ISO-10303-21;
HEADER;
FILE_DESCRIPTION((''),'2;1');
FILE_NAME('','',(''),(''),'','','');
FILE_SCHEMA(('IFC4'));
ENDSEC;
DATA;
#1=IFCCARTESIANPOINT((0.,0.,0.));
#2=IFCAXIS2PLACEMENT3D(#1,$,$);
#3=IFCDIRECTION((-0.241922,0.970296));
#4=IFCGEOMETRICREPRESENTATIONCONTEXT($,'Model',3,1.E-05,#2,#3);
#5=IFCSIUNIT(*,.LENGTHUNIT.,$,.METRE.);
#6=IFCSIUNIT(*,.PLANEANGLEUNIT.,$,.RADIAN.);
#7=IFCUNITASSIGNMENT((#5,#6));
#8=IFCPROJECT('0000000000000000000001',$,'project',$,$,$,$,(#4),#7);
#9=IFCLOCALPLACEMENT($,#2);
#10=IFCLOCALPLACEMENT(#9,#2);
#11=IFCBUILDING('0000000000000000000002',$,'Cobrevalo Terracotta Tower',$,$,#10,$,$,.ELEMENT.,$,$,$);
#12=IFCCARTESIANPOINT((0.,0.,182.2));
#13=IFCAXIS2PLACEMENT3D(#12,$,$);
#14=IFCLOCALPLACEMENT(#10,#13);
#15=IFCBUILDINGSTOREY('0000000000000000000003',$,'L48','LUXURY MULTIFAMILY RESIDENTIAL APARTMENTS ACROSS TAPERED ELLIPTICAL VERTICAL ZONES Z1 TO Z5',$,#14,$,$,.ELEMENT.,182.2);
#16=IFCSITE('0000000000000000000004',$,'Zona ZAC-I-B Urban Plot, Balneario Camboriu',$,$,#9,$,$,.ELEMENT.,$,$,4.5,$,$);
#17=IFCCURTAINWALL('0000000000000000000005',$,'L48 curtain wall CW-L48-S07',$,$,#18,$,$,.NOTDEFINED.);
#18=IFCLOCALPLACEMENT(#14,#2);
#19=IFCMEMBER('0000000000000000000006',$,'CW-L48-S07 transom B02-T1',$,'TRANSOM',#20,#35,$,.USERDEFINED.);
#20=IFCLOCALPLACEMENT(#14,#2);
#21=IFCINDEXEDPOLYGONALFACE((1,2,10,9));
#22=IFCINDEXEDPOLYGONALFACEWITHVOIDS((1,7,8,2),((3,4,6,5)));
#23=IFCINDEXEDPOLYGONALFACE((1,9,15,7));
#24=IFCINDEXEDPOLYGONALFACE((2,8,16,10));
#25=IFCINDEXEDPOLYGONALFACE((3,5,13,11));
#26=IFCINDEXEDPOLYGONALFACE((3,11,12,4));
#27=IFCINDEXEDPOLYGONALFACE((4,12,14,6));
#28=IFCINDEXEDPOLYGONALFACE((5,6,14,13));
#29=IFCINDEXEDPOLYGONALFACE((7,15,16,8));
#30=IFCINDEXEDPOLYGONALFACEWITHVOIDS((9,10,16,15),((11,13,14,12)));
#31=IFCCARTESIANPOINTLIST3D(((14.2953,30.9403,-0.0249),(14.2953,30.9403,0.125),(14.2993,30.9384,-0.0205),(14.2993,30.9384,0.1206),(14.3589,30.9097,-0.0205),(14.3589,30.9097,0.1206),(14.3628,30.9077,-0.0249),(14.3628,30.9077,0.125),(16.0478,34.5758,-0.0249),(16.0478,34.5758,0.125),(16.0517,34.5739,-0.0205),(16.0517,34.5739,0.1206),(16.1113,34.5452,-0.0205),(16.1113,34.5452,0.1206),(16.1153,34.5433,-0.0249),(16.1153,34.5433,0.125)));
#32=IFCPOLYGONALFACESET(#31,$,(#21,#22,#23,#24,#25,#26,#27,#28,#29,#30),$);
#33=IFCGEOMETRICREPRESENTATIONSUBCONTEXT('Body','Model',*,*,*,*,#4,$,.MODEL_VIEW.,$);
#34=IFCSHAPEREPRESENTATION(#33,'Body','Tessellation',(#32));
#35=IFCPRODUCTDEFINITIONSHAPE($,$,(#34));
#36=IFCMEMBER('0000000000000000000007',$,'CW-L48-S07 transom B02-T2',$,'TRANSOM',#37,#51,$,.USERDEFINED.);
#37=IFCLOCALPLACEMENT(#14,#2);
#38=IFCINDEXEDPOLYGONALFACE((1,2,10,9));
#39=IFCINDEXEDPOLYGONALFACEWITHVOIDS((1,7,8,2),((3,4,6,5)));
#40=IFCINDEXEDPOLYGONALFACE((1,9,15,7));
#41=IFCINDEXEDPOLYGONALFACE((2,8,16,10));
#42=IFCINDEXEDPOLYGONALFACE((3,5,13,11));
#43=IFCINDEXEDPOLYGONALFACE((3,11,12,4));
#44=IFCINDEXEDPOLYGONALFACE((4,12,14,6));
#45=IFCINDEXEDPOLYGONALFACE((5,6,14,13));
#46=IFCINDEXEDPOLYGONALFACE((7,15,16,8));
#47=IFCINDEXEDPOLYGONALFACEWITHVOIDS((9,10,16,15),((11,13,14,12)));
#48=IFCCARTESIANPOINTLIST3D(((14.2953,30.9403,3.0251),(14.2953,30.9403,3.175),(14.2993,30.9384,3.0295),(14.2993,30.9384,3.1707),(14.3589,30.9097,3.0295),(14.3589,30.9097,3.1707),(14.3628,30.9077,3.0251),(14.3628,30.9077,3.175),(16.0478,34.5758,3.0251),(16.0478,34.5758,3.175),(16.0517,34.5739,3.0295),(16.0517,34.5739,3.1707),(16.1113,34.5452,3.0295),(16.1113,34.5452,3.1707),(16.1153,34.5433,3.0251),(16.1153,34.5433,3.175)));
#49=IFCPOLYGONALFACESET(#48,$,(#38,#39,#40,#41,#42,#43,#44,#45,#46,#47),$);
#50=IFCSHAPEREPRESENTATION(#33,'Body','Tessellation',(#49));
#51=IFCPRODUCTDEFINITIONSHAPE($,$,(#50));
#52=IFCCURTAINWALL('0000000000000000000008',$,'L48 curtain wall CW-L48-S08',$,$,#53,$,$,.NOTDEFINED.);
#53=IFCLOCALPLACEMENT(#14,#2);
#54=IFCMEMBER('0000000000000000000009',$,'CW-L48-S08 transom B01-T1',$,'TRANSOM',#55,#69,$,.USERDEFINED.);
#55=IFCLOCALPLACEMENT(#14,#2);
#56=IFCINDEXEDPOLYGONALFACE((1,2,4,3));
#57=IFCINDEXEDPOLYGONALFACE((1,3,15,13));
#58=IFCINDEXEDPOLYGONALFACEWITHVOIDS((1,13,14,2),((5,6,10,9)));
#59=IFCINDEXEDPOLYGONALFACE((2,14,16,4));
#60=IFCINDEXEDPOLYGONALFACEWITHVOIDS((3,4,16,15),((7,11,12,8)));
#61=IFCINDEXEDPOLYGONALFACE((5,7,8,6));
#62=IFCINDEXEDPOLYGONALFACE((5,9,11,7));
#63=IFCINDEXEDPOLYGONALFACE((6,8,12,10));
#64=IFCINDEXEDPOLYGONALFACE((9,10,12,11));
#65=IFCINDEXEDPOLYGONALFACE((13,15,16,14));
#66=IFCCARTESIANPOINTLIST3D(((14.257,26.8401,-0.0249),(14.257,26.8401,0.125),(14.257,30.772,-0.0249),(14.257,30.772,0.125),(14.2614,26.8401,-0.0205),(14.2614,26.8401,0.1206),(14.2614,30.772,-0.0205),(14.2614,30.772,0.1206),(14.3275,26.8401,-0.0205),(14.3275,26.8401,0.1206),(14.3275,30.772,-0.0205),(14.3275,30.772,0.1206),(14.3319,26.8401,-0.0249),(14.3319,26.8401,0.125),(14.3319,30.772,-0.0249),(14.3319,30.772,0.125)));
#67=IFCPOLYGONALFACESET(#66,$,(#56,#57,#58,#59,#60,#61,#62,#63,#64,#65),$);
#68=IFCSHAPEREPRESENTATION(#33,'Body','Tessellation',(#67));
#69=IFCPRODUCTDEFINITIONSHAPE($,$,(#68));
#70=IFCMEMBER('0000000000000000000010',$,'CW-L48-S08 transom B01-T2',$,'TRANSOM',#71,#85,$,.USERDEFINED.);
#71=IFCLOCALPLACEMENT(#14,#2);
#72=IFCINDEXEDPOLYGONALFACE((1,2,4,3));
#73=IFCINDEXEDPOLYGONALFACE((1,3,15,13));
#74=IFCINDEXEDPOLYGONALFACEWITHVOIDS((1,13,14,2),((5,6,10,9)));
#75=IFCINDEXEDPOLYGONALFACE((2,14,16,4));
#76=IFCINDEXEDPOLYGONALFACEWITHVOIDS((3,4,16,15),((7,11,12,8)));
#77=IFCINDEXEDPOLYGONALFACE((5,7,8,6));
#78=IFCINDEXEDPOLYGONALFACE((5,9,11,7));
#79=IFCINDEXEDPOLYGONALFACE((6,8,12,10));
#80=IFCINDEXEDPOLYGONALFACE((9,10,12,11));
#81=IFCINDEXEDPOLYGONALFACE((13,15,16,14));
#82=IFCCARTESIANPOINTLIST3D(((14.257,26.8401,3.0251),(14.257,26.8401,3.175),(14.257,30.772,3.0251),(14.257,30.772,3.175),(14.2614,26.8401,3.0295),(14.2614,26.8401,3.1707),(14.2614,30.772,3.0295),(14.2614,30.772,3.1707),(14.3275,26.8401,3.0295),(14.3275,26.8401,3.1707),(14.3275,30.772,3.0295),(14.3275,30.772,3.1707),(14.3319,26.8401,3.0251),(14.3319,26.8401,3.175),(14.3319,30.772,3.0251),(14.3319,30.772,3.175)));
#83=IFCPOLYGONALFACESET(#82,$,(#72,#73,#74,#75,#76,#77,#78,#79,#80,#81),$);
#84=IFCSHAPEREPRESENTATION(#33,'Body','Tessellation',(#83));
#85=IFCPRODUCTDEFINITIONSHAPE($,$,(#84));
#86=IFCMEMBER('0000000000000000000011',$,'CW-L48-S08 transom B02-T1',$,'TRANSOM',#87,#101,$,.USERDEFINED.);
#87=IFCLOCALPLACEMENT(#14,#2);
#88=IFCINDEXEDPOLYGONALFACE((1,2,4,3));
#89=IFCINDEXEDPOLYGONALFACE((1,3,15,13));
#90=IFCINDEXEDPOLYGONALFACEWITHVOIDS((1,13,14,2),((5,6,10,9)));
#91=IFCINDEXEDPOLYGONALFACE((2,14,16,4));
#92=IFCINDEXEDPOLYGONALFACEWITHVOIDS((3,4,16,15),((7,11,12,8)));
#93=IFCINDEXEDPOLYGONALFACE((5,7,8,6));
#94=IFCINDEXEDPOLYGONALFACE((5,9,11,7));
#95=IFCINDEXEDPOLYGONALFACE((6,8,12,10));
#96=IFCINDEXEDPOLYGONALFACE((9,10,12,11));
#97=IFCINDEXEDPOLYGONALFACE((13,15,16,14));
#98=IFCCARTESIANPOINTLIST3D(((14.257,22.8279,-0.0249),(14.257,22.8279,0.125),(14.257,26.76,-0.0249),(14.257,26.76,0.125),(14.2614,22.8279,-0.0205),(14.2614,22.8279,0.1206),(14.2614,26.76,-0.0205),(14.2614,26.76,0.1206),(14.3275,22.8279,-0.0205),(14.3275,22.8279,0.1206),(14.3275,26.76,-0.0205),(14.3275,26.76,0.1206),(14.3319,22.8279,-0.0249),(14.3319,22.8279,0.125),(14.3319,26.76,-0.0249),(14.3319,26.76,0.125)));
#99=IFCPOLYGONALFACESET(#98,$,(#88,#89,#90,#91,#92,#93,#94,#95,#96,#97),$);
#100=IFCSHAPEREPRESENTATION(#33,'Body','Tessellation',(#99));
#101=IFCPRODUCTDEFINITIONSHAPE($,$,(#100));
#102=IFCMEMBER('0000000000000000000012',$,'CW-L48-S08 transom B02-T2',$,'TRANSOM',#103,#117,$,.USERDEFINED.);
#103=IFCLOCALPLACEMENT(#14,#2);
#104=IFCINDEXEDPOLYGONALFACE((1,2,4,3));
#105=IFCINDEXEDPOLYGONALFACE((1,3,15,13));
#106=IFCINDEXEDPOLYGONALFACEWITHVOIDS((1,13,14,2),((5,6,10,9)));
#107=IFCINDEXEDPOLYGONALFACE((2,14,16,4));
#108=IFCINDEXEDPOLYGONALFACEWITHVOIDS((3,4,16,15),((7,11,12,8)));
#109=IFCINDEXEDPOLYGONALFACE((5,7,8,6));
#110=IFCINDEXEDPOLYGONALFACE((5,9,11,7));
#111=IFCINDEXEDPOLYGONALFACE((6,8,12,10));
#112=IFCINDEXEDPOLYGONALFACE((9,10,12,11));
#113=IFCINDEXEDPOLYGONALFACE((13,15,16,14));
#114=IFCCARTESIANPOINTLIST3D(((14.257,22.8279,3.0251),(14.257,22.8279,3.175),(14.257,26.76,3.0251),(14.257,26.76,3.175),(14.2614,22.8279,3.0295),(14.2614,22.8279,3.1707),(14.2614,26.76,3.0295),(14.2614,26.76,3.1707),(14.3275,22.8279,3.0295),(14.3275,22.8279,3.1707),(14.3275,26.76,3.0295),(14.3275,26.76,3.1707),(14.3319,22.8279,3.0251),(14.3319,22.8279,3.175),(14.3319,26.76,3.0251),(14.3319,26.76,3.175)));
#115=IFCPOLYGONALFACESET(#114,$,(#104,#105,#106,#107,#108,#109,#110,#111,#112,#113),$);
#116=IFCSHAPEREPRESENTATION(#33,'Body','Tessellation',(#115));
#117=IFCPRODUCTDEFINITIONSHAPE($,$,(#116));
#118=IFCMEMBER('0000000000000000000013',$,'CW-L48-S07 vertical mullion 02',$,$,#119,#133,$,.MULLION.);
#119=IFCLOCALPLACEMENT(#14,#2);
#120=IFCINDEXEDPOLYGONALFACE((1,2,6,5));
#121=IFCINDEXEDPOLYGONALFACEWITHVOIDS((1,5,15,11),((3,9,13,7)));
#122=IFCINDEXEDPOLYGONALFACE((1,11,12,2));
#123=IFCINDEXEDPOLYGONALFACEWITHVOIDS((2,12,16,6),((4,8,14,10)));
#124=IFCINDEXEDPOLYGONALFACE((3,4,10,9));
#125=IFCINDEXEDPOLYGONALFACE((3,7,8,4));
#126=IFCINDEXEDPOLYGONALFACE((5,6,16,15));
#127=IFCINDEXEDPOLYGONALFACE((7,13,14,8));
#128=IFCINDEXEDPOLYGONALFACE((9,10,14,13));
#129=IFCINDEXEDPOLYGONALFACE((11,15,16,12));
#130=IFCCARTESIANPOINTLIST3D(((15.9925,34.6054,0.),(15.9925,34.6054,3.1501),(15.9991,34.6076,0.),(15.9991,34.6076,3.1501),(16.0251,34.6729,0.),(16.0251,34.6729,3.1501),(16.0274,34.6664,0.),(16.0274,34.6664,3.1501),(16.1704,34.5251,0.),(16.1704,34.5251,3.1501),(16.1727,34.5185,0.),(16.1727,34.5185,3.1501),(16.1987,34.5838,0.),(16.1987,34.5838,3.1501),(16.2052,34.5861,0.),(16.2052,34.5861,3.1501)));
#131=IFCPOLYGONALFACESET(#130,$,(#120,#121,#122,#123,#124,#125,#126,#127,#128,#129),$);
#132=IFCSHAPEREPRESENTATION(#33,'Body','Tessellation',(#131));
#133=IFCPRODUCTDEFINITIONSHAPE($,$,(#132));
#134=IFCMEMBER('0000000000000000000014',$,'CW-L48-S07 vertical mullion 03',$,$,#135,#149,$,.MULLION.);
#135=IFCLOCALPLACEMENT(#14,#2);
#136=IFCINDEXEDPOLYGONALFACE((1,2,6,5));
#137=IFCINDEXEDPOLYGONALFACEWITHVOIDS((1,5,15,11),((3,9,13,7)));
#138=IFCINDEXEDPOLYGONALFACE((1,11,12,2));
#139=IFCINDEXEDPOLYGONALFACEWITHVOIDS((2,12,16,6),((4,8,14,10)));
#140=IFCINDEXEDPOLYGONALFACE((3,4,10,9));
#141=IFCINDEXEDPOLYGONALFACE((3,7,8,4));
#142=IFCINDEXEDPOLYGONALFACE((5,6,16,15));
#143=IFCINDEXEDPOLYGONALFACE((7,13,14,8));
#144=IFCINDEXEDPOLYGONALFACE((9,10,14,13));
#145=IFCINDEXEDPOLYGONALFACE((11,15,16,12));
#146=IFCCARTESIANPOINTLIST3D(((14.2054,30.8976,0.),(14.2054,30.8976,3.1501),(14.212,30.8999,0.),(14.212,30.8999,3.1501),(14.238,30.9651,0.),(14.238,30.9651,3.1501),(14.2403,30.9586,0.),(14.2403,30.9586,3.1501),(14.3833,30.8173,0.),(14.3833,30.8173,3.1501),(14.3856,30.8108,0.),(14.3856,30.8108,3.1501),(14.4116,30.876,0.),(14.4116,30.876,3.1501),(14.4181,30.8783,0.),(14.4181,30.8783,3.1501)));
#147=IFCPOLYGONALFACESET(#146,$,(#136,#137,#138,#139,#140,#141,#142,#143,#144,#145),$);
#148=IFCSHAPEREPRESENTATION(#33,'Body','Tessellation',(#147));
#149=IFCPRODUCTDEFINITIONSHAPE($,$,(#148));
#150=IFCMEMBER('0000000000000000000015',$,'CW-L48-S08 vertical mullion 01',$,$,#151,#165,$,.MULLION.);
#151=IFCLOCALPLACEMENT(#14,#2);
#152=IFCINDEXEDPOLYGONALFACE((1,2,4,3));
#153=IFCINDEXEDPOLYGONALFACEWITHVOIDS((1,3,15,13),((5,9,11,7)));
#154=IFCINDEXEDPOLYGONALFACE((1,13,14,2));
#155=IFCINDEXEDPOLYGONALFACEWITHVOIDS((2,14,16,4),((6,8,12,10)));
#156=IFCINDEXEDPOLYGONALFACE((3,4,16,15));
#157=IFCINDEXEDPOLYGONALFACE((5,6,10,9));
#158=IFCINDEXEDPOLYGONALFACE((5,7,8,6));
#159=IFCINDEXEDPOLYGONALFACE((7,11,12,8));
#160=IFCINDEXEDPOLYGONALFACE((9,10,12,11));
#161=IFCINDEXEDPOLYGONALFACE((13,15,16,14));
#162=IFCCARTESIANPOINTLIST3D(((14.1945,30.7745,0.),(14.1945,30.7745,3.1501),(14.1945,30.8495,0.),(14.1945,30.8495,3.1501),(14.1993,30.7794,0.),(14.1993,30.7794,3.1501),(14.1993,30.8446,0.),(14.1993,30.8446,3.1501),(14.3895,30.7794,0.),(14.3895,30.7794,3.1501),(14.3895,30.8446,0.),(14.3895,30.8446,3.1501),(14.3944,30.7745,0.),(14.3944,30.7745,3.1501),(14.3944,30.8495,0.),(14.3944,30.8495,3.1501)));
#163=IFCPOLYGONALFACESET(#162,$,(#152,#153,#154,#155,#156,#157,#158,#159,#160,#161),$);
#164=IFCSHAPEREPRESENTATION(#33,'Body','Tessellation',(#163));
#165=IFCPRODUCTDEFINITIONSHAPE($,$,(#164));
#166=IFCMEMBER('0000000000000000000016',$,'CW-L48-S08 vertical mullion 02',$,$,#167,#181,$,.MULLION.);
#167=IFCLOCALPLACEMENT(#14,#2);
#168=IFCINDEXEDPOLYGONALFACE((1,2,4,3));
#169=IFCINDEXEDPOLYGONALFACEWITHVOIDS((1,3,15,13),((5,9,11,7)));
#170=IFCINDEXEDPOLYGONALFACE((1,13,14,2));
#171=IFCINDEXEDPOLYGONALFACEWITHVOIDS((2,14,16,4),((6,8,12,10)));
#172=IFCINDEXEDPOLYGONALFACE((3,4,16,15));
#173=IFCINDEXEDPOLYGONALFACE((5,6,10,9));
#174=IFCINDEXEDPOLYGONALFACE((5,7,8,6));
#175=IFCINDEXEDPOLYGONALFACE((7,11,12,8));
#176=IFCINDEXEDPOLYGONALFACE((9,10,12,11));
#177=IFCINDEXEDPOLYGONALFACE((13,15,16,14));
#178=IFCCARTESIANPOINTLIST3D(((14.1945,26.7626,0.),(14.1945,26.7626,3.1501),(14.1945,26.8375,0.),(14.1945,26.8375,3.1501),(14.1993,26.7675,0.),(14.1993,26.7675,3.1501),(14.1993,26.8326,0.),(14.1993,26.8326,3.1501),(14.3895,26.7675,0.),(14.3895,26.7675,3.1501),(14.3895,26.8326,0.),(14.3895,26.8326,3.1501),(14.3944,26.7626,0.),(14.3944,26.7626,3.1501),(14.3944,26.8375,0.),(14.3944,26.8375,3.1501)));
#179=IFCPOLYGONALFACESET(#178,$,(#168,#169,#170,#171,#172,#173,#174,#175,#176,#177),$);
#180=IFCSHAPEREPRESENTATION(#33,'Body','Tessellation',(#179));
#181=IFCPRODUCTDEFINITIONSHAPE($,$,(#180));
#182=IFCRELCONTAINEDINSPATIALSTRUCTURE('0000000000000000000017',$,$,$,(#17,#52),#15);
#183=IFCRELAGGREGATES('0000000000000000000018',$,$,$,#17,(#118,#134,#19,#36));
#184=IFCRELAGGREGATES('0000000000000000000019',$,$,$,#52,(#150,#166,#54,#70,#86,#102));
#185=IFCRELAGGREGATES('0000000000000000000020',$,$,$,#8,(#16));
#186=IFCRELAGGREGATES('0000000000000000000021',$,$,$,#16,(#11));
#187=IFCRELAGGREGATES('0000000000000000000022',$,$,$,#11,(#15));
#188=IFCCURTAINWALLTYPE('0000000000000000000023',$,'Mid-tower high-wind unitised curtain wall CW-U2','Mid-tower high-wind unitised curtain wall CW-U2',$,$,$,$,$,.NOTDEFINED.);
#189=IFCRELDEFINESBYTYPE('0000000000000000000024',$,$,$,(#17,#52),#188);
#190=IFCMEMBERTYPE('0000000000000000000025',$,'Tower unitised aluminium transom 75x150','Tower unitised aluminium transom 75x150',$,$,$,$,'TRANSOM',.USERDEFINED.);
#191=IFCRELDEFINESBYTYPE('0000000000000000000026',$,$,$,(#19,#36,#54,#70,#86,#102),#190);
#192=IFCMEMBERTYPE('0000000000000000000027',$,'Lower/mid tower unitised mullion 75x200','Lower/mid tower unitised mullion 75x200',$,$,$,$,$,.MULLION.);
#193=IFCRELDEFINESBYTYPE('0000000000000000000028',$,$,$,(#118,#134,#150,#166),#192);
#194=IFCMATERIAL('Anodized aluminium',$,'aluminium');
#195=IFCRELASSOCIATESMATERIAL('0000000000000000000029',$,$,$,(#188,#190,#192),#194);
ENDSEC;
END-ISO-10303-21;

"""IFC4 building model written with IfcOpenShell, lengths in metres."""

from ifc_helpers import new_model, si_unit, direction, frame, origin, origin_2d, place, context, subcontext, project, spatial, hollow_rectangle, extrude, source, transform, mapped, material, material_profile, profile_set, type_object, element, aggregate, save


model = new_model("IFC4")

# Units and contexts
model_context = context("Model", 3, precision=1e-05, world=origin(), true_north=direction((-0.241922, 0.970296)))
body_context = subcontext(model_context, "Body", "Model", "MODEL_VIEW")
ifc_project = project(units=[si_unit("LENGTHUNIT", "METRE"), si_unit("PLANEANGLEUNIT", "RADIAN")], contexts=[model_context])

# Site, building, storey
site_placement = place(None, origin())
site = spatial("IfcSite", under=ifc_project, at=site_placement, Name="Zona ZAC-I-B Urban Plot, Balneario Camboriu", CompositionType="ELEMENT", RefElevation=4.5)
building_placement = place(site_placement, origin())
building = spatial("IfcBuilding", under=site, at=building_placement, Name="Cobrevalo Terracotta Tower", CompositionType="ELEMENT")
storey_placement = place(building_placement, frame((0.0, 0.0, 182.2)))
storey = spatial("IfcBuildingStorey", under=building, at=storey_placement, Name="L48", Description="LUXURY MULTIFAMILY RESIDENTIAL APARTMENTS ACROSS TAPERED ELLIPTICAL VERTICAL ZONES Z1 TO Z5", CompositionType="ELEMENT", Elevation=182.2)

# Curtain walls, members
ifc_material_1 = material(Name="Anodized aluminium", Category="aluminium")
curtain_wall_type = type_object("IfcCurtainWallType", Name="Mid-tower high-wind unitised curtain wall CW-U2", Description="Mid-tower high-wind unitised curtain wall CW-U2", PredefinedType="NOTDEFINED", material=ifc_material_1)
curtain_wall_1_placement = place(storey_placement, origin())
curtain_wall_1 = element("IfcCurtainWall", 1, at=curtain_wall_1_placement, inside=storey, type_object=curtain_wall_type, Name="L48 curtain wall CW-L48-S07", PredefinedType="NOTDEFINED")
ifc_material_profile_1 = material_profile(ifc_material_1, hollow_rectangle(XDim=0.075, YDim=0.1499, WallThickness=0.0044, at=origin_2d()), Name="CWT 75x150")
ifc_profile_set_1 = profile_set([ifc_material_profile_1], Name="Anodized aluminium")
member_type_1 = type_object("IfcMemberType", Name="Tower unitised aluminium transom 75x150", Description="Tower unitised aluminium transom 75x150", ElementType="TRANSOM", PredefinedType="USERDEFINED", material=ifc_profile_set_1)
shared_shape_1 = source(origin(), body_context, "Body", "SweptSolid", [
    extrude(hollow_rectangle(XDim=0.075, YDim=0.1499, WallThickness=0.0044, at=origin_2d()), origin(), (0.0, 0.0, 1.0), 4.0359),
])
member_1_placement = place(storey_placement, frame((16.0815, 34.5596, 0.05), z_axis=(-0.434221, -0.900806, 0.0), x_axis=(0.900806, -0.434221, 0.0)))
member_1 = element("IfcMember", 2, at=member_1_placement, type_object=member_type_1, Name="CW-L48-S07 transom B02-T1", ObjectType="TRANSOM", PredefinedType="USERDEFINED", context=body_context, shape_type="MappedRepresentation", body=[
    mapped(shared_shape_1, transform((0.0, 0.0, 0.0), scale=1.0)),
])
member_2_placement = place(storey_placement, frame((16.0815, 34.5596, 3.1001), z_axis=(-0.434221, -0.900806, 0.0), x_axis=(0.900806, -0.434221, 0.0)))
member_2 = element("IfcMember", 3, at=member_2_placement, type_object=member_type_1, Name="CW-L48-S07 transom B02-T2", ObjectType="TRANSOM", PredefinedType="USERDEFINED", context=body_context, shape_type="MappedRepresentation", body=[
    mapped(shared_shape_1, transform((0.0, 0.0, 0.0), scale=1.0)),
])
curtain_wall_2_placement = place(storey_placement, origin())
curtain_wall_2 = element("IfcCurtainWall", 4, at=curtain_wall_2_placement, inside=storey, type_object=curtain_wall_type, Name="L48 curtain wall CW-L48-S08", PredefinedType="NOTDEFINED")
shared_shape_2 = source(origin(), body_context, "Body", "SweptSolid", [
    extrude(hollow_rectangle(XDim=0.075, YDim=0.1499, WallThickness=0.0044, at=origin_2d()), origin(), (0.0, 0.0, 1.0), 3.9319),
])
member_3_placement = place(storey_placement, frame((14.2944, 30.772, 0.05), z_axis=(0.0, -1.0, 0.0), x_axis=(1.0, 0.0, 0.0)))
member_3 = element("IfcMember", 5, at=member_3_placement, type_object=member_type_1, Name="CW-L48-S08 transom B01-T1", ObjectType="TRANSOM", PredefinedType="USERDEFINED", context=body_context, shape_type="MappedRepresentation", body=[
    mapped(shared_shape_2, transform((0.0, 0.0, 0.0), scale=1.0)),
])
member_4_placement = place(storey_placement, frame((14.2944, 30.772, 3.1001), z_axis=(0.0, -1.0, 0.0), x_axis=(1.0, 0.0, 0.0)))
member_4 = element("IfcMember", 6, at=member_4_placement, type_object=member_type_1, Name="CW-L48-S08 transom B01-T2", ObjectType="TRANSOM", PredefinedType="USERDEFINED", context=body_context, shape_type="MappedRepresentation", body=[
    mapped(shared_shape_2, transform((0.0, 0.0, 0.0), scale=1.0)),
])
shared_shape_3 = source(origin(), body_context, "Body", "SweptSolid", [
    extrude(hollow_rectangle(XDim=0.075, YDim=0.1499, WallThickness=0.0044, at=origin_2d()), origin(), (0.0, 0.0, 1.0), 3.9321),
])
member_5_placement = place(storey_placement, frame((14.2944, 26.76, 0.05), z_axis=(0.0, -1.0, 0.0), x_axis=(1.0, 0.0, 0.0)))
member_5 = element("IfcMember", 7, at=member_5_placement, type_object=member_type_1, Name="CW-L48-S08 transom B02-T1", ObjectType="TRANSOM", PredefinedType="USERDEFINED", context=body_context, shape_type="MappedRepresentation", body=[
    mapped(shared_shape_3, transform((0.0, 0.0, 0.0), scale=1.0)),
])
member_6_placement = place(storey_placement, frame((14.2944, 26.76, 3.1001), z_axis=(0.0, -1.0, 0.0), x_axis=(1.0, 0.0, 0.0)))
member_6 = element("IfcMember", 8, at=member_6_placement, type_object=member_type_1, Name="CW-L48-S08 transom B02-T2", ObjectType="TRANSOM", PredefinedType="USERDEFINED", context=body_context, shape_type="MappedRepresentation", body=[
    mapped(shared_shape_3, transform((0.0, 0.0, 0.0), scale=1.0)),
])

# Members
ifc_material_profile_2 = material_profile(ifc_material_1, hollow_rectangle(XDim=0.075, YDim=0.2, WallThickness=0.0049, at=origin_2d()), Name="CWM 75x200")
ifc_profile_set_2 = profile_set([ifc_material_profile_2], Name="Anodized aluminium")
member_type_2 = type_object("IfcMemberType", Name="Lower/mid tower unitised mullion 75x200", Description="Lower/mid tower unitised mullion 75x200", PredefinedType="MULLION", material=ifc_profile_set_2)
shared_shape_4 = source(origin(), body_context, "Body", "SweptSolid", [
    extrude(hollow_rectangle(XDim=0.075, YDim=0.2, WallThickness=0.0049, at=origin_2d()), origin(), (0.0, 0.0, 1.0), 3.1501),
])
member_7_placement = place(storey_placement, frame((16.0989, 34.5957, 0.0), z_axis=(0.0, 0.0, 1.0), x_axis=(-0.434209, -0.900812, 0.0)))
member_7 = element("IfcMember", 9, at=member_7_placement, type_object=member_type_2, Name="CW-L48-S07 vertical mullion 02", PredefinedType="MULLION", context=body_context, shape_type="MappedRepresentation", body=[
    mapped(shared_shape_4, transform((0.0, 0.0, 0.0), scale=1.0)),
])
member_8_placement = place(storey_placement, frame((14.3118, 30.8879, 0.0), z_axis=(0.0, 0.0, 1.0), x_axis=(-0.434209, -0.900812, 0.0)))
member_8 = element("IfcMember", 10, at=member_8_placement, type_object=member_type_2, Name="CW-L48-S07 vertical mullion 03", PredefinedType="MULLION", context=body_context, shape_type="MappedRepresentation", body=[
    mapped(shared_shape_4, transform((0.0, 0.0, 0.0), scale=1.0)),
])
member_9_placement = place(storey_placement, frame((14.2944, 30.812, 0.0), z_axis=(0.0, 0.0, 1.0), x_axis=(0.0, -1.0, 0.0)))
member_9 = element("IfcMember", 11, at=member_9_placement, type_object=member_type_2, Name="CW-L48-S08 vertical mullion 01", PredefinedType="MULLION", context=body_context, shape_type="MappedRepresentation", body=[
    mapped(shared_shape_4, transform((0.0, 0.0, 0.0), scale=1.0)),
])
member_10_placement = place(storey_placement, frame((14.2944, 26.8, 0.0), z_axis=(0.0, 0.0, 1.0), x_axis=(0.0, -1.0, 0.0)))
member_10 = element("IfcMember", 12, at=member_10_placement, type_object=member_type_2, Name="CW-L48-S08 vertical mullion 02", PredefinedType="MULLION", context=body_context, shape_type="MappedRepresentation", body=[
    mapped(shared_shape_4, transform((0.0, 0.0, 0.0), scale=1.0)),
])

aggregate(curtain_wall_1, [member_7, member_8, member_1, member_2])
aggregate(curtain_wall_2, [member_9, member_10, member_3, member_4, member_5, member_6])

save(model, "model.ifc")
